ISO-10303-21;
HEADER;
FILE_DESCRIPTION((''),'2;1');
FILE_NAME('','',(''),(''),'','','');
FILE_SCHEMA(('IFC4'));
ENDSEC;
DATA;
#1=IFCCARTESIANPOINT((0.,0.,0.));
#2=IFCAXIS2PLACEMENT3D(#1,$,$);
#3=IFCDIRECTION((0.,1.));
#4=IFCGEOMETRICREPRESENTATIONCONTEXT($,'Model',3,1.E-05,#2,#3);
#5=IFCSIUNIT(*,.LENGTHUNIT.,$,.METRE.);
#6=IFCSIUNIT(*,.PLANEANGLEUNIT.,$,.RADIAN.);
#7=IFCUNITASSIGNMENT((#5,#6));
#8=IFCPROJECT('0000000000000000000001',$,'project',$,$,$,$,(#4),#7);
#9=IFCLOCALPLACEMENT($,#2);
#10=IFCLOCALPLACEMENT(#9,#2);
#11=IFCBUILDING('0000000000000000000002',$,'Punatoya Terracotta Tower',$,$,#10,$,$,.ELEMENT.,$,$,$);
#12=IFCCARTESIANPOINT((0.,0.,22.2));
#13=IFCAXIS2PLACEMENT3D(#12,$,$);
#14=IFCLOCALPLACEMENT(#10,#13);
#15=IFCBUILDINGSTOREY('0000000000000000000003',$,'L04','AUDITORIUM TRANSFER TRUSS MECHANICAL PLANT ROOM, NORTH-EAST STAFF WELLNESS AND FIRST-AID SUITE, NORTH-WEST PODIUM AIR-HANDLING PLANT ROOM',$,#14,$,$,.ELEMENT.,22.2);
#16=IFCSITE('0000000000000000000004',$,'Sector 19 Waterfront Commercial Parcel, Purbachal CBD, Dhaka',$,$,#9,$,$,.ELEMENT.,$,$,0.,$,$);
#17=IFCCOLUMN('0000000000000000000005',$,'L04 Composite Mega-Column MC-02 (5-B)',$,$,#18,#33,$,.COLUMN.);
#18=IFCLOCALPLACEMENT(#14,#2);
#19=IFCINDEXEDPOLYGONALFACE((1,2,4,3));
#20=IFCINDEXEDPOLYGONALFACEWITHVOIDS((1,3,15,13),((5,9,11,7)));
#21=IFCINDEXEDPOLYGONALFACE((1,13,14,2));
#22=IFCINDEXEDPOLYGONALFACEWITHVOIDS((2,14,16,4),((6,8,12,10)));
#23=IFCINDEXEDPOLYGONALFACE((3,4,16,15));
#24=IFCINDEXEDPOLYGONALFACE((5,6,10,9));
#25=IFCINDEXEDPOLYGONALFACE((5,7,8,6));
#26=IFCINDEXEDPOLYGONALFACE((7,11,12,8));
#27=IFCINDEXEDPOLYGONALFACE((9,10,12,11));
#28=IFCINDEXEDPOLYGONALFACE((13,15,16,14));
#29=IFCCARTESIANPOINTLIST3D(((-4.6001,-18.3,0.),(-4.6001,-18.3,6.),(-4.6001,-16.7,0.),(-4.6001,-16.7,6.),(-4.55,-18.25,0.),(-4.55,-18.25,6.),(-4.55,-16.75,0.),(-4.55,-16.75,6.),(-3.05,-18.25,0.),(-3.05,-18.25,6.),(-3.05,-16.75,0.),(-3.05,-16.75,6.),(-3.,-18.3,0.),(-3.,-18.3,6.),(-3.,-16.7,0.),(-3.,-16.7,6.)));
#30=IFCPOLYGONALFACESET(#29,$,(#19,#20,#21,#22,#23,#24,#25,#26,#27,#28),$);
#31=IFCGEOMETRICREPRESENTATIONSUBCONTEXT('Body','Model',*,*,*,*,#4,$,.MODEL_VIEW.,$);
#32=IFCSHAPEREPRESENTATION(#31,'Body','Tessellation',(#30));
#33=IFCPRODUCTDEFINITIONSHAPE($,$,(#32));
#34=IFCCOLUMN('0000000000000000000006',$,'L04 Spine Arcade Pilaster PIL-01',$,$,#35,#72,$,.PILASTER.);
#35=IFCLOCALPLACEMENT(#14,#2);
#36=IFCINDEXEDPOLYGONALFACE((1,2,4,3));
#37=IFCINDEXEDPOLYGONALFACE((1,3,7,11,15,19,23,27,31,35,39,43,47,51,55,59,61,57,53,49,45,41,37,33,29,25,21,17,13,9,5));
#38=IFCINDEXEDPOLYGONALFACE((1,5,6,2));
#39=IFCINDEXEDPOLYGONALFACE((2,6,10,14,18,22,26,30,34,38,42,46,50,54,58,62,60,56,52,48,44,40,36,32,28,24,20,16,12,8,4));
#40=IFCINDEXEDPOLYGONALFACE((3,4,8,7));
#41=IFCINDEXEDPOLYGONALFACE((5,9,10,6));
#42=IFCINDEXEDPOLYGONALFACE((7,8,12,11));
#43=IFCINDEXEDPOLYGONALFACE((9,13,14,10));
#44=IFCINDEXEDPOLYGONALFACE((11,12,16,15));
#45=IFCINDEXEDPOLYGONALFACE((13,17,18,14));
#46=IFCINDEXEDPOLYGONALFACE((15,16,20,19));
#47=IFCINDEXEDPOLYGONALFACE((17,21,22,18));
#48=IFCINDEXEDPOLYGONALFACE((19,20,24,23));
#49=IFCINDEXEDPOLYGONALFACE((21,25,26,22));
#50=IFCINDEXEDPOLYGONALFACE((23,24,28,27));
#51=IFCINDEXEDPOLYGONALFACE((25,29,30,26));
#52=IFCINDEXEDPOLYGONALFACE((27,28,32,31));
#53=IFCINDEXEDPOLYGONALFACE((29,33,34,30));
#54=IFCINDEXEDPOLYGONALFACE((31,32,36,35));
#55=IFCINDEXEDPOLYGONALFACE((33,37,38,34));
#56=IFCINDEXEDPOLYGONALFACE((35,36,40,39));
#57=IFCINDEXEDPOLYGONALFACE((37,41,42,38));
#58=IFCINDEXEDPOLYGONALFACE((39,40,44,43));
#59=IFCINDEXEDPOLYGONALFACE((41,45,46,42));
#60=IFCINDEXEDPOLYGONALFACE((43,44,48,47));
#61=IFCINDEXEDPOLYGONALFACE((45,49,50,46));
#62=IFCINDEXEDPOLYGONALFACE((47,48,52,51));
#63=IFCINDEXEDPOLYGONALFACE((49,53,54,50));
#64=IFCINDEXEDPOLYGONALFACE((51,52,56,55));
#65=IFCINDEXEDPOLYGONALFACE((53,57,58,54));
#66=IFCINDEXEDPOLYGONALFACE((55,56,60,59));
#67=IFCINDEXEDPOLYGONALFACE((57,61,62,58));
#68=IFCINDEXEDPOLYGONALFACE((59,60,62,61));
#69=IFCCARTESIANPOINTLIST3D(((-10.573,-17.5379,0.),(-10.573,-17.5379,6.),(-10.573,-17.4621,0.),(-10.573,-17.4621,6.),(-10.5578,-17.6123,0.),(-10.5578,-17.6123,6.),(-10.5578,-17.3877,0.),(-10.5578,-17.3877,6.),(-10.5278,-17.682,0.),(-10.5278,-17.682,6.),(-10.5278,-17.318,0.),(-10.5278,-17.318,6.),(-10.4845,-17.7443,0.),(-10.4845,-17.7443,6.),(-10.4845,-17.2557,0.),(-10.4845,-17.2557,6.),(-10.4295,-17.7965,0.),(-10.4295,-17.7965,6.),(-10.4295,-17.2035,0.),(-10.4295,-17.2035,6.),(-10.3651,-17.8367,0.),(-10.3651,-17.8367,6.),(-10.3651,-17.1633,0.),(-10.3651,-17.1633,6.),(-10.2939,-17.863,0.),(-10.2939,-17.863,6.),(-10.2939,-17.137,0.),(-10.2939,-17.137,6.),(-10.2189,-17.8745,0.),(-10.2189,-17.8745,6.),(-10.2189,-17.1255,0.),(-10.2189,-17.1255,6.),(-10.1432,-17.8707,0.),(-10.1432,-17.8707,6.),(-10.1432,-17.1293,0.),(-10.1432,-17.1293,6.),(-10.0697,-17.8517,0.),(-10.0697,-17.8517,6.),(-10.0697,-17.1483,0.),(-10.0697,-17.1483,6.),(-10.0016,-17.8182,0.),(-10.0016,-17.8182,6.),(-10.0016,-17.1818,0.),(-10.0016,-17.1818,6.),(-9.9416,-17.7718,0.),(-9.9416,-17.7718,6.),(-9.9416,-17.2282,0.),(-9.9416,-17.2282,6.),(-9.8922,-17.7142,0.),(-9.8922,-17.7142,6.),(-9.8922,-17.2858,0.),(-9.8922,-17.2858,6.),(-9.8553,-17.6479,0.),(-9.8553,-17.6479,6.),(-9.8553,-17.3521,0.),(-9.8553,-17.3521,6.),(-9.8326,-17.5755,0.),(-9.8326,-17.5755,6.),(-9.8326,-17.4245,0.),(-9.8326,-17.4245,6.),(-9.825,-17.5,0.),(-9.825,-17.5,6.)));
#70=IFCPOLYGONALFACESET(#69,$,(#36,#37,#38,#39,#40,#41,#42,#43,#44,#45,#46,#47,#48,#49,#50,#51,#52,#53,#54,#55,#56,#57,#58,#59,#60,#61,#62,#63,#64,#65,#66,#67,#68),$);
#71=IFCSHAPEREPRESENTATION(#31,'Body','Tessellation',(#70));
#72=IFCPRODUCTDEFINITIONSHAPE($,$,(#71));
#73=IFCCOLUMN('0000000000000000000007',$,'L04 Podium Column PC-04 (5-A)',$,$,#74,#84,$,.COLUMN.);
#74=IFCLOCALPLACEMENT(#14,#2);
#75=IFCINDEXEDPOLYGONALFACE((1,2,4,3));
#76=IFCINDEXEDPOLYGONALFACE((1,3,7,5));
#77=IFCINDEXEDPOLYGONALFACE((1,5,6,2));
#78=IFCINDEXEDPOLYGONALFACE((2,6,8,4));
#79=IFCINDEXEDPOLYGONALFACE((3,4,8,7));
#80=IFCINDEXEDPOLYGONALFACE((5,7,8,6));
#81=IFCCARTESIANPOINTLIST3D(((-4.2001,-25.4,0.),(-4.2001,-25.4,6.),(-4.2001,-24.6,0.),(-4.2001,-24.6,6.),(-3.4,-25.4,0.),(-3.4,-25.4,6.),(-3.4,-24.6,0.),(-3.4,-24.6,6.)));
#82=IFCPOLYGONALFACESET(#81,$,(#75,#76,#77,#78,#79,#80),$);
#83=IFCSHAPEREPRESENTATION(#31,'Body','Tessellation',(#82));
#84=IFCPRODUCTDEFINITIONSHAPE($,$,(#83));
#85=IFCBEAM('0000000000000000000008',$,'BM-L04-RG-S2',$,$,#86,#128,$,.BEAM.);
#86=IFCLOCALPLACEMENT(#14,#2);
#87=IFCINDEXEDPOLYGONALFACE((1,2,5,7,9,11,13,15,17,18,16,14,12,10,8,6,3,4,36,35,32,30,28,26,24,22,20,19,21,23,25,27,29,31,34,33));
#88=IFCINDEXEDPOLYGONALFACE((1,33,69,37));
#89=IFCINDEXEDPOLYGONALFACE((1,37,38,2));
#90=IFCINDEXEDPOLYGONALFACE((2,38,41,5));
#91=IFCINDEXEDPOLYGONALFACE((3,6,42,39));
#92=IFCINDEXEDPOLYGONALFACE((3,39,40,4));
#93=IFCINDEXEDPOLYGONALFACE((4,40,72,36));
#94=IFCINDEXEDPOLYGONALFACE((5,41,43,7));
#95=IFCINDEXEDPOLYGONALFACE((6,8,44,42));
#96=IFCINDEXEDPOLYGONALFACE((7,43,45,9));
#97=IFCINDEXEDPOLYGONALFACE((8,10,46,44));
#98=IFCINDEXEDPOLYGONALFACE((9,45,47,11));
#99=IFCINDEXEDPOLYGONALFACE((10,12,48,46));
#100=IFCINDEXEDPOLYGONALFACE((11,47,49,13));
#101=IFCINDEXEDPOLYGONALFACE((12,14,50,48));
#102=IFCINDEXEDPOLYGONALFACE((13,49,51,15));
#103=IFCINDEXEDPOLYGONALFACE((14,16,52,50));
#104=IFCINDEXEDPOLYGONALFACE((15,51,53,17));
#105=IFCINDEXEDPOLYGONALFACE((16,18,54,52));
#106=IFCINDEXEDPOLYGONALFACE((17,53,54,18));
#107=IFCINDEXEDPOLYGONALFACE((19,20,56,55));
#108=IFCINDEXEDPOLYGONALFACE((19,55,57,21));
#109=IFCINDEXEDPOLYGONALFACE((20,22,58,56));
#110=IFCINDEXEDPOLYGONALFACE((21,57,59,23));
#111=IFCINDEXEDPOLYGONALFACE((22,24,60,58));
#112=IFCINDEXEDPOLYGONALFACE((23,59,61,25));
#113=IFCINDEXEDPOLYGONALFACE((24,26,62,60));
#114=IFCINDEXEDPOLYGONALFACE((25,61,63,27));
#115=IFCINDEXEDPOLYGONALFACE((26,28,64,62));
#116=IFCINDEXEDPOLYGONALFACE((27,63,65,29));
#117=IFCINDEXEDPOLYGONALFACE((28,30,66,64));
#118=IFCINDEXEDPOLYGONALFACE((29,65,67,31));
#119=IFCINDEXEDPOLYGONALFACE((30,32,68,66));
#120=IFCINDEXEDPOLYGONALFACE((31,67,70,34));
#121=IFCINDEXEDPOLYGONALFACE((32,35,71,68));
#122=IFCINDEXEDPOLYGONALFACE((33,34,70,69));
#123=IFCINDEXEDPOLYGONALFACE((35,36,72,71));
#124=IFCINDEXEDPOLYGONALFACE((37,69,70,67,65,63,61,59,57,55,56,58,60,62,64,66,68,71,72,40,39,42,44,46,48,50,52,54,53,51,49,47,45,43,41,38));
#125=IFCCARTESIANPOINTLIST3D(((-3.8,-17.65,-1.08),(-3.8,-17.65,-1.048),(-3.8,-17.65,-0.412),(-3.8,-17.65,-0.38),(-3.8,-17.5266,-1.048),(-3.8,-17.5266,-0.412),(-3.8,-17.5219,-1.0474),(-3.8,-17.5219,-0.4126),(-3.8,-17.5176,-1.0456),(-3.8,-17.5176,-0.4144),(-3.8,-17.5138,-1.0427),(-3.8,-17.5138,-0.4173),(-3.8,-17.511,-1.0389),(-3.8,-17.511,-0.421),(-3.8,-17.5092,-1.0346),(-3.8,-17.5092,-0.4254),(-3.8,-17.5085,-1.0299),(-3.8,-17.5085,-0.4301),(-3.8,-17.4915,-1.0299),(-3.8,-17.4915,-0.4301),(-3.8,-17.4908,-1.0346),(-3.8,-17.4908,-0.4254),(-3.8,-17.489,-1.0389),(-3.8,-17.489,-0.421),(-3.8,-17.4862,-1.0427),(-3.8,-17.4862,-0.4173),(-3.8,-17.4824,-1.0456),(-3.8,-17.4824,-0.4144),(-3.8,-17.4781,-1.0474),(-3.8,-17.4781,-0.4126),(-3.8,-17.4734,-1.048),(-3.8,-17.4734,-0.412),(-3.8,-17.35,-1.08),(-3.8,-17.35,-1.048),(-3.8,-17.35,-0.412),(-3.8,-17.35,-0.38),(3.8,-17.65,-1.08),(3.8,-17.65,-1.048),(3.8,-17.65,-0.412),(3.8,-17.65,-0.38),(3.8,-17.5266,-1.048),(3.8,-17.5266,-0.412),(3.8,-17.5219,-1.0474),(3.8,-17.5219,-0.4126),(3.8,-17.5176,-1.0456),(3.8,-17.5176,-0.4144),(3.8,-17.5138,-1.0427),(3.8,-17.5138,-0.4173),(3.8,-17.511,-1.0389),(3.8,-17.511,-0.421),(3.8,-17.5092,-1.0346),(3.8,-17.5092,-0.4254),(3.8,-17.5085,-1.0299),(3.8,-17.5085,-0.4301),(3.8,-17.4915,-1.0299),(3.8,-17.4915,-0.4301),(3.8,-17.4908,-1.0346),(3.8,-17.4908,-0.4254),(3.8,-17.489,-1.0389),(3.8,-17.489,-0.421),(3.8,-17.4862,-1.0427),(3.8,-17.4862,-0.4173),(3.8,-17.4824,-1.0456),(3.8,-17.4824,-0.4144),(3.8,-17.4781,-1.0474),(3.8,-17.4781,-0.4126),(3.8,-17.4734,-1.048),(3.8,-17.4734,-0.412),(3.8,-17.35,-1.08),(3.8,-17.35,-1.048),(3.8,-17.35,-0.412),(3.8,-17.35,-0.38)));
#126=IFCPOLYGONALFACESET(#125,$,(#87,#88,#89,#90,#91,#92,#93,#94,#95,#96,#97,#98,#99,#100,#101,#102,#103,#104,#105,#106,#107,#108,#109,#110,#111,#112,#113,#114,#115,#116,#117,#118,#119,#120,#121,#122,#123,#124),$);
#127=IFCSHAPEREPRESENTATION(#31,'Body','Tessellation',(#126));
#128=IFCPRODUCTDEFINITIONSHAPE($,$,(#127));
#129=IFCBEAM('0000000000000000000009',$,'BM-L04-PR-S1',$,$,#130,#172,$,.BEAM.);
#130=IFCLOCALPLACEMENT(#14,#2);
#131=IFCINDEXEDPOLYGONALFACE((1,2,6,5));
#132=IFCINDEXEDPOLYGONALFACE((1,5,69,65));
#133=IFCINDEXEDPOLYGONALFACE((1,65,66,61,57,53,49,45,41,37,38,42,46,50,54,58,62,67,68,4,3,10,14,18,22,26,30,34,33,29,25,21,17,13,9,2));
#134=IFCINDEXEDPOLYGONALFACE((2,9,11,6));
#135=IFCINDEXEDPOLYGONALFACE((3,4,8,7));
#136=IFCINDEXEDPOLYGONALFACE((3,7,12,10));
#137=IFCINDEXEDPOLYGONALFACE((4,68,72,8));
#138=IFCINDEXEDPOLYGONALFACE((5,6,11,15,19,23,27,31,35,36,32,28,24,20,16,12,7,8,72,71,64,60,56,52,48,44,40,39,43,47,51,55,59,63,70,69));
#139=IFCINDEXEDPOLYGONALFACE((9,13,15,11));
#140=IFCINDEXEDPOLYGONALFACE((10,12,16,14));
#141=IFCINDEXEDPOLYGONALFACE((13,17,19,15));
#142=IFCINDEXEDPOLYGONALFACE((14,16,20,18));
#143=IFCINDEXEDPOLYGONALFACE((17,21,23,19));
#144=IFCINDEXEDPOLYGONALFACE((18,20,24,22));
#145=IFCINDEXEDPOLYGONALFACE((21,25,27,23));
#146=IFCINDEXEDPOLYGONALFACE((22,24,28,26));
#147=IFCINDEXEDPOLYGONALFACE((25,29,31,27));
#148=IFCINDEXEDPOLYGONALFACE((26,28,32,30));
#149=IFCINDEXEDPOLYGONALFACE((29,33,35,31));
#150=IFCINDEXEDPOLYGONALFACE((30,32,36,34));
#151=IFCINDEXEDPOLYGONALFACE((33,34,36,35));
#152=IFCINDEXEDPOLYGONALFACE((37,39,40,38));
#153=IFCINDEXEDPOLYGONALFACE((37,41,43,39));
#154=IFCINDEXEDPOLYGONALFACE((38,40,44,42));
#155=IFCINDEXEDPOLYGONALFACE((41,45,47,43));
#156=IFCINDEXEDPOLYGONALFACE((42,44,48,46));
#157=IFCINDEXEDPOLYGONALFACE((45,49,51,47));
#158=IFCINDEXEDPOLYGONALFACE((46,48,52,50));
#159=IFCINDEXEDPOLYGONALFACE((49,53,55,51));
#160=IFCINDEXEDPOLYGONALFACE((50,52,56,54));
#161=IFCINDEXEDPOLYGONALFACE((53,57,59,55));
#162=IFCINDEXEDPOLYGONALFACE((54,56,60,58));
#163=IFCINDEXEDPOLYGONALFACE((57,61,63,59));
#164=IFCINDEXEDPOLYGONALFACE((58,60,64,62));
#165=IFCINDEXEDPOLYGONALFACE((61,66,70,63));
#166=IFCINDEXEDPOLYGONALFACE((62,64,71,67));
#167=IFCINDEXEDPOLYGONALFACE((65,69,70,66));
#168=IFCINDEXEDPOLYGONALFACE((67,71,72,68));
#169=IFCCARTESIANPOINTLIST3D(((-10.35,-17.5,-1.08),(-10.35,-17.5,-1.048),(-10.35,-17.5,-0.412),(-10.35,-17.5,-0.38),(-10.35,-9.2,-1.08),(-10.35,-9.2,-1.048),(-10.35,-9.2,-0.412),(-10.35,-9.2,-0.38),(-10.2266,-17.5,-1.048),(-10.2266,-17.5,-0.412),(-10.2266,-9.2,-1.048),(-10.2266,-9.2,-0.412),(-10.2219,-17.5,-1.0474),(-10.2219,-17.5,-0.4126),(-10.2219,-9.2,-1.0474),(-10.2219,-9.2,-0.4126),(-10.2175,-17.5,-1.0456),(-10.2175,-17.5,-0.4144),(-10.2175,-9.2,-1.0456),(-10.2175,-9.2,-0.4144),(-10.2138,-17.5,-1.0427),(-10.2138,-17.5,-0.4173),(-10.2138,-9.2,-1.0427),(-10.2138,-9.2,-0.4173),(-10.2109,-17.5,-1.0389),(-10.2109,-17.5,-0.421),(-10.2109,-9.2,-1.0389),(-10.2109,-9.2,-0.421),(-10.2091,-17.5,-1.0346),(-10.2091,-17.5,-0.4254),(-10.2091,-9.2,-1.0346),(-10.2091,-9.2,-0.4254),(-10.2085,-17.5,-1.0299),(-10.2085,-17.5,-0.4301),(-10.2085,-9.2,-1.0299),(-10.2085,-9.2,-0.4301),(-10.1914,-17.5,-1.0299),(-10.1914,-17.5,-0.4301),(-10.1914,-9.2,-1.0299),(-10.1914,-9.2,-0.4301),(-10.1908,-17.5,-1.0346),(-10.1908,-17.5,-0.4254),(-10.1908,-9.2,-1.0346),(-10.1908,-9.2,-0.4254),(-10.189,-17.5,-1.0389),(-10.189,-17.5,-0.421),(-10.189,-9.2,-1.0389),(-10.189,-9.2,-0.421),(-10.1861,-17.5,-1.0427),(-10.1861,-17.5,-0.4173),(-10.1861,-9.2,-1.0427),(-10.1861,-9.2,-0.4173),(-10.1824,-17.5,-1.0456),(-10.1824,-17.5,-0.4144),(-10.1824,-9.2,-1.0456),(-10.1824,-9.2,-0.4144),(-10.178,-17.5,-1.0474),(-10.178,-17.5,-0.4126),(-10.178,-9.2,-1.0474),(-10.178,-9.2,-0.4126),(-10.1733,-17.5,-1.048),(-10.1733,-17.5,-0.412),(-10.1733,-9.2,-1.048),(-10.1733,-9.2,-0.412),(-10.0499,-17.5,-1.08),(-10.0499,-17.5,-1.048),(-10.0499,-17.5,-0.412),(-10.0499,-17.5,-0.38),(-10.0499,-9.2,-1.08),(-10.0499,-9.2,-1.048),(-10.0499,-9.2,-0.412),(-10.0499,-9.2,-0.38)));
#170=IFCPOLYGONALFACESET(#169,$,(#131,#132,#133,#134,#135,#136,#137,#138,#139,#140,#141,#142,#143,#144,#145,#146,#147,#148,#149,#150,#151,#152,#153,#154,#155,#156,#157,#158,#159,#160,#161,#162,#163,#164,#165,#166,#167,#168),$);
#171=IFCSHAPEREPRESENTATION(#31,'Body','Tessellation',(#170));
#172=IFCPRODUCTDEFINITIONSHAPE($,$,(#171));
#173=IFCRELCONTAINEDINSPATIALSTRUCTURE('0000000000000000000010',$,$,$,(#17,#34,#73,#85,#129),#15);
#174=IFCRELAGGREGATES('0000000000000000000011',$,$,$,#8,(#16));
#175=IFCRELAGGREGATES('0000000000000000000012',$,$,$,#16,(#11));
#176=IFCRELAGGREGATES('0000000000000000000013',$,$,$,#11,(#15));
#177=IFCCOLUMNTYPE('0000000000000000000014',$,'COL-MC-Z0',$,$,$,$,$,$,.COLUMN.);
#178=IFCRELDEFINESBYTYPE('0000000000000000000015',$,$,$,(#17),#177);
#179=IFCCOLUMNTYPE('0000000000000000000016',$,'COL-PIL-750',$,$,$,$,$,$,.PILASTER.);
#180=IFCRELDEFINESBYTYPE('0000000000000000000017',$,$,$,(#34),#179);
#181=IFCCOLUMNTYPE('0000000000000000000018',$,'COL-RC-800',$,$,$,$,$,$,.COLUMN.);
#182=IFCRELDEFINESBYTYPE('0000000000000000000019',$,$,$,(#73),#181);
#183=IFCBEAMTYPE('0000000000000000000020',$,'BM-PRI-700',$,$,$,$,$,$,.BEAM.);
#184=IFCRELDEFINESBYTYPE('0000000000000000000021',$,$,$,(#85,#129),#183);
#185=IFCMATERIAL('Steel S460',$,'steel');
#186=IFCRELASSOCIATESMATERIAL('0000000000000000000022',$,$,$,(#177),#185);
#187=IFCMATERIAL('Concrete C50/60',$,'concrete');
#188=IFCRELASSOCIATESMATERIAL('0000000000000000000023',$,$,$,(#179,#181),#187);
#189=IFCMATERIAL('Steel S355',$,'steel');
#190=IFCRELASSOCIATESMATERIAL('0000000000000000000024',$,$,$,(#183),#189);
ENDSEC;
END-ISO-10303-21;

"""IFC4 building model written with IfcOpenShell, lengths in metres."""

from ifc_helpers import new_model, si_unit, direction, frame, origin, origin_2d, place, context, subcontext, project, spatial, rectangle, hollow_rectangle, circle, i_section, extrude, material, material_profile, profile_set, type_object, element, save


model = new_model("IFC4")

# Units and contexts
model_context = context("Model", 3, precision=1e-05, world=origin(), true_north=direction((0.0, 1.0)))
body_context = subcontext(model_context, "Body", "Model", "MODEL_VIEW")
ifc_project = project(units=[si_unit("LENGTHUNIT", "METRE"), si_unit("PLANEANGLEUNIT", "RADIAN")], contexts=[model_context])

# Site, building, storey
site_placement = place(None, origin())
site = spatial("IfcSite", under=ifc_project, at=site_placement, Name="Sector 19 Waterfront Commercial Parcel, Purbachal CBD, Dhaka", CompositionType="ELEMENT", RefElevation=0.0)
building_placement = place(site_placement, origin())
building = spatial("IfcBuilding", under=site, at=building_placement, Name="Punatoya Terracotta Tower", CompositionType="ELEMENT")
storey_placement = place(building_placement, frame((0.0, 0.0, 22.2)))
storey = spatial("IfcBuildingStorey", under=building, at=storey_placement, Name="L04", Description="AUDITORIUM TRANSFER TRUSS MECHANICAL PLANT ROOM, NORTH-EAST STAFF WELLNESS AND FIRST-AID SUITE, NORTH-WEST PODIUM AIR-HANDLING PLANT ROOM", CompositionType="ELEMENT", Elevation=22.2)

# Columns
ifc_material_1 = material(Name="Steel S460", Category="steel")
ifc_material_profile_1 = material_profile(ifc_material_1, hollow_rectangle(XDim=1.6001, YDim=1.6001, WallThickness=0.05, at=origin_2d()))
ifc_profile_set_1 = profile_set([ifc_material_profile_1], Name="Steel S460")
column_type_1 = type_object("IfcColumnType", Name="COL-MC-Z0", PredefinedType="COLUMN", material=ifc_profile_set_1)
column_1_placement = place(storey_placement, frame((-3.8, -17.5, 0.0), z_axis=(0.0, 0.0, 1.0), x_axis=(1.0, 0.0, 0.0)))
element("IfcColumn", 1, at=column_1_placement, inside=storey, type_object=column_type_1, Name="L04 Composite Mega-Column MC-02 (5-B)", PredefinedType="COLUMN", context=body_context, shape_type="SweptSolid", body=[
    extrude(hollow_rectangle(XDim=1.6001, YDim=1.6001, WallThickness=0.05, at=origin_2d()), origin(), (0.0, 0.0, 1.0), 6.0),
])
ifc_material_2 = material(Name="Concrete C50/60", Category="concrete")
ifc_material_profile_2 = material_profile(ifc_material_2, circle(Radius=0.375, at=origin_2d()))
ifc_profile_set_2 = profile_set([ifc_material_profile_2], Name="Concrete C50/60")
column_type_2 = type_object("IfcColumnType", Name="COL-PIL-750", PredefinedType="PILASTER", material=ifc_profile_set_2)
column_2_placement = place(storey_placement, frame((-10.2, -17.5, 0.0), z_axis=(0.0, 0.0, 1.0), x_axis=(1.0, 0.0, 0.0)))
element("IfcColumn", 2, at=column_2_placement, inside=storey, type_object=column_type_2, Name="L04 Spine Arcade Pilaster PIL-01", PredefinedType="PILASTER", context=body_context, shape_type="SweptSolid", body=[
    extrude(circle(Radius=0.375, at=origin_2d()), origin(), (0.0, 0.0, 1.0), 6.0),
])
ifc_material_profile_3 = material_profile(ifc_material_2, rectangle(XDim=0.8, YDim=0.8, at=origin_2d()))
ifc_profile_set_3 = profile_set([ifc_material_profile_3], Name="Concrete C50/60")
column_type_3 = type_object("IfcColumnType", Name="COL-RC-800", PredefinedType="COLUMN", material=ifc_profile_set_3)
column_3_placement = place(storey_placement, frame((-3.8, -25.0, 0.0), z_axis=(0.0, 0.0, 1.0), x_axis=(1.0, 0.0, 0.0)))
element("IfcColumn", 3, at=column_3_placement, inside=storey, type_object=column_type_3, Name="L04 Podium Column PC-04 (5-A)", PredefinedType="COLUMN", context=body_context, shape_type="SweptSolid", body=[
    extrude(rectangle(XDim=0.8, YDim=0.8, at=origin_2d()), origin(), (0.0, 0.0, 1.0), 6.0),
])

# Beams
ifc_material_3 = material(Name="Steel S355", Category="steel")
ifc_material_profile_4 = material_profile(ifc_material_3, i_section(OverallWidth=0.3, OverallDepth=0.7, WebThickness=0.0171, FlangeThickness=0.032, FilletRadius=0.0181, at=origin_2d()))
ifc_profile_set_4 = profile_set([ifc_material_profile_4], Name="Steel S355")
beam_type_1 = type_object("IfcBeamType", Name="BM-PRI-700", PredefinedType="BEAM", material=ifc_profile_set_4)
beam_1_placement = place(storey_placement, frame((-3.8, -17.5, -0.73), z_axis=(1.0, 0.0, 0.0), x_axis=(0.0, 1.0, 0.0)))
element("IfcBeam", 4, at=beam_1_placement, inside=storey, type_object=beam_type_1, Name="BM-L04-RG-S2", PredefinedType="BEAM", context=body_context, shape_type="SweptSolid", body=[
    extrude(i_section(OverallWidth=0.3, OverallDepth=0.7, WebThickness=0.0171, FlangeThickness=0.032, FilletRadius=0.0181, at=origin_2d()), origin(), (0.0, 0.0, 1.0), 7.6001),
])
for number, where, z_axis, x_axis, name in (
    (5, (-10.2, -17.5, -0.73), (0.0, 1.0, 0.0), (-1.0, 0.0, 0.0), "BM-L04-PR-S1"),
):
    element("IfcBeam", number, at=place(storey_placement, frame(where, z_axis=z_axis, x_axis=x_axis)), inside=storey, type_object=beam_type_1, Name=name, PredefinedType="BEAM", context=body_context, shape_type="SweptSolid", body=[
        extrude(i_section(OverallWidth=0.3, OverallDepth=0.7, WebThickness=0.0171, FlangeThickness=0.032, FilletRadius=0.0181, at=origin_2d()), origin(), (0.0, 0.0, 1.0), 8.3),
    ])

save(model, "model.ifc")
